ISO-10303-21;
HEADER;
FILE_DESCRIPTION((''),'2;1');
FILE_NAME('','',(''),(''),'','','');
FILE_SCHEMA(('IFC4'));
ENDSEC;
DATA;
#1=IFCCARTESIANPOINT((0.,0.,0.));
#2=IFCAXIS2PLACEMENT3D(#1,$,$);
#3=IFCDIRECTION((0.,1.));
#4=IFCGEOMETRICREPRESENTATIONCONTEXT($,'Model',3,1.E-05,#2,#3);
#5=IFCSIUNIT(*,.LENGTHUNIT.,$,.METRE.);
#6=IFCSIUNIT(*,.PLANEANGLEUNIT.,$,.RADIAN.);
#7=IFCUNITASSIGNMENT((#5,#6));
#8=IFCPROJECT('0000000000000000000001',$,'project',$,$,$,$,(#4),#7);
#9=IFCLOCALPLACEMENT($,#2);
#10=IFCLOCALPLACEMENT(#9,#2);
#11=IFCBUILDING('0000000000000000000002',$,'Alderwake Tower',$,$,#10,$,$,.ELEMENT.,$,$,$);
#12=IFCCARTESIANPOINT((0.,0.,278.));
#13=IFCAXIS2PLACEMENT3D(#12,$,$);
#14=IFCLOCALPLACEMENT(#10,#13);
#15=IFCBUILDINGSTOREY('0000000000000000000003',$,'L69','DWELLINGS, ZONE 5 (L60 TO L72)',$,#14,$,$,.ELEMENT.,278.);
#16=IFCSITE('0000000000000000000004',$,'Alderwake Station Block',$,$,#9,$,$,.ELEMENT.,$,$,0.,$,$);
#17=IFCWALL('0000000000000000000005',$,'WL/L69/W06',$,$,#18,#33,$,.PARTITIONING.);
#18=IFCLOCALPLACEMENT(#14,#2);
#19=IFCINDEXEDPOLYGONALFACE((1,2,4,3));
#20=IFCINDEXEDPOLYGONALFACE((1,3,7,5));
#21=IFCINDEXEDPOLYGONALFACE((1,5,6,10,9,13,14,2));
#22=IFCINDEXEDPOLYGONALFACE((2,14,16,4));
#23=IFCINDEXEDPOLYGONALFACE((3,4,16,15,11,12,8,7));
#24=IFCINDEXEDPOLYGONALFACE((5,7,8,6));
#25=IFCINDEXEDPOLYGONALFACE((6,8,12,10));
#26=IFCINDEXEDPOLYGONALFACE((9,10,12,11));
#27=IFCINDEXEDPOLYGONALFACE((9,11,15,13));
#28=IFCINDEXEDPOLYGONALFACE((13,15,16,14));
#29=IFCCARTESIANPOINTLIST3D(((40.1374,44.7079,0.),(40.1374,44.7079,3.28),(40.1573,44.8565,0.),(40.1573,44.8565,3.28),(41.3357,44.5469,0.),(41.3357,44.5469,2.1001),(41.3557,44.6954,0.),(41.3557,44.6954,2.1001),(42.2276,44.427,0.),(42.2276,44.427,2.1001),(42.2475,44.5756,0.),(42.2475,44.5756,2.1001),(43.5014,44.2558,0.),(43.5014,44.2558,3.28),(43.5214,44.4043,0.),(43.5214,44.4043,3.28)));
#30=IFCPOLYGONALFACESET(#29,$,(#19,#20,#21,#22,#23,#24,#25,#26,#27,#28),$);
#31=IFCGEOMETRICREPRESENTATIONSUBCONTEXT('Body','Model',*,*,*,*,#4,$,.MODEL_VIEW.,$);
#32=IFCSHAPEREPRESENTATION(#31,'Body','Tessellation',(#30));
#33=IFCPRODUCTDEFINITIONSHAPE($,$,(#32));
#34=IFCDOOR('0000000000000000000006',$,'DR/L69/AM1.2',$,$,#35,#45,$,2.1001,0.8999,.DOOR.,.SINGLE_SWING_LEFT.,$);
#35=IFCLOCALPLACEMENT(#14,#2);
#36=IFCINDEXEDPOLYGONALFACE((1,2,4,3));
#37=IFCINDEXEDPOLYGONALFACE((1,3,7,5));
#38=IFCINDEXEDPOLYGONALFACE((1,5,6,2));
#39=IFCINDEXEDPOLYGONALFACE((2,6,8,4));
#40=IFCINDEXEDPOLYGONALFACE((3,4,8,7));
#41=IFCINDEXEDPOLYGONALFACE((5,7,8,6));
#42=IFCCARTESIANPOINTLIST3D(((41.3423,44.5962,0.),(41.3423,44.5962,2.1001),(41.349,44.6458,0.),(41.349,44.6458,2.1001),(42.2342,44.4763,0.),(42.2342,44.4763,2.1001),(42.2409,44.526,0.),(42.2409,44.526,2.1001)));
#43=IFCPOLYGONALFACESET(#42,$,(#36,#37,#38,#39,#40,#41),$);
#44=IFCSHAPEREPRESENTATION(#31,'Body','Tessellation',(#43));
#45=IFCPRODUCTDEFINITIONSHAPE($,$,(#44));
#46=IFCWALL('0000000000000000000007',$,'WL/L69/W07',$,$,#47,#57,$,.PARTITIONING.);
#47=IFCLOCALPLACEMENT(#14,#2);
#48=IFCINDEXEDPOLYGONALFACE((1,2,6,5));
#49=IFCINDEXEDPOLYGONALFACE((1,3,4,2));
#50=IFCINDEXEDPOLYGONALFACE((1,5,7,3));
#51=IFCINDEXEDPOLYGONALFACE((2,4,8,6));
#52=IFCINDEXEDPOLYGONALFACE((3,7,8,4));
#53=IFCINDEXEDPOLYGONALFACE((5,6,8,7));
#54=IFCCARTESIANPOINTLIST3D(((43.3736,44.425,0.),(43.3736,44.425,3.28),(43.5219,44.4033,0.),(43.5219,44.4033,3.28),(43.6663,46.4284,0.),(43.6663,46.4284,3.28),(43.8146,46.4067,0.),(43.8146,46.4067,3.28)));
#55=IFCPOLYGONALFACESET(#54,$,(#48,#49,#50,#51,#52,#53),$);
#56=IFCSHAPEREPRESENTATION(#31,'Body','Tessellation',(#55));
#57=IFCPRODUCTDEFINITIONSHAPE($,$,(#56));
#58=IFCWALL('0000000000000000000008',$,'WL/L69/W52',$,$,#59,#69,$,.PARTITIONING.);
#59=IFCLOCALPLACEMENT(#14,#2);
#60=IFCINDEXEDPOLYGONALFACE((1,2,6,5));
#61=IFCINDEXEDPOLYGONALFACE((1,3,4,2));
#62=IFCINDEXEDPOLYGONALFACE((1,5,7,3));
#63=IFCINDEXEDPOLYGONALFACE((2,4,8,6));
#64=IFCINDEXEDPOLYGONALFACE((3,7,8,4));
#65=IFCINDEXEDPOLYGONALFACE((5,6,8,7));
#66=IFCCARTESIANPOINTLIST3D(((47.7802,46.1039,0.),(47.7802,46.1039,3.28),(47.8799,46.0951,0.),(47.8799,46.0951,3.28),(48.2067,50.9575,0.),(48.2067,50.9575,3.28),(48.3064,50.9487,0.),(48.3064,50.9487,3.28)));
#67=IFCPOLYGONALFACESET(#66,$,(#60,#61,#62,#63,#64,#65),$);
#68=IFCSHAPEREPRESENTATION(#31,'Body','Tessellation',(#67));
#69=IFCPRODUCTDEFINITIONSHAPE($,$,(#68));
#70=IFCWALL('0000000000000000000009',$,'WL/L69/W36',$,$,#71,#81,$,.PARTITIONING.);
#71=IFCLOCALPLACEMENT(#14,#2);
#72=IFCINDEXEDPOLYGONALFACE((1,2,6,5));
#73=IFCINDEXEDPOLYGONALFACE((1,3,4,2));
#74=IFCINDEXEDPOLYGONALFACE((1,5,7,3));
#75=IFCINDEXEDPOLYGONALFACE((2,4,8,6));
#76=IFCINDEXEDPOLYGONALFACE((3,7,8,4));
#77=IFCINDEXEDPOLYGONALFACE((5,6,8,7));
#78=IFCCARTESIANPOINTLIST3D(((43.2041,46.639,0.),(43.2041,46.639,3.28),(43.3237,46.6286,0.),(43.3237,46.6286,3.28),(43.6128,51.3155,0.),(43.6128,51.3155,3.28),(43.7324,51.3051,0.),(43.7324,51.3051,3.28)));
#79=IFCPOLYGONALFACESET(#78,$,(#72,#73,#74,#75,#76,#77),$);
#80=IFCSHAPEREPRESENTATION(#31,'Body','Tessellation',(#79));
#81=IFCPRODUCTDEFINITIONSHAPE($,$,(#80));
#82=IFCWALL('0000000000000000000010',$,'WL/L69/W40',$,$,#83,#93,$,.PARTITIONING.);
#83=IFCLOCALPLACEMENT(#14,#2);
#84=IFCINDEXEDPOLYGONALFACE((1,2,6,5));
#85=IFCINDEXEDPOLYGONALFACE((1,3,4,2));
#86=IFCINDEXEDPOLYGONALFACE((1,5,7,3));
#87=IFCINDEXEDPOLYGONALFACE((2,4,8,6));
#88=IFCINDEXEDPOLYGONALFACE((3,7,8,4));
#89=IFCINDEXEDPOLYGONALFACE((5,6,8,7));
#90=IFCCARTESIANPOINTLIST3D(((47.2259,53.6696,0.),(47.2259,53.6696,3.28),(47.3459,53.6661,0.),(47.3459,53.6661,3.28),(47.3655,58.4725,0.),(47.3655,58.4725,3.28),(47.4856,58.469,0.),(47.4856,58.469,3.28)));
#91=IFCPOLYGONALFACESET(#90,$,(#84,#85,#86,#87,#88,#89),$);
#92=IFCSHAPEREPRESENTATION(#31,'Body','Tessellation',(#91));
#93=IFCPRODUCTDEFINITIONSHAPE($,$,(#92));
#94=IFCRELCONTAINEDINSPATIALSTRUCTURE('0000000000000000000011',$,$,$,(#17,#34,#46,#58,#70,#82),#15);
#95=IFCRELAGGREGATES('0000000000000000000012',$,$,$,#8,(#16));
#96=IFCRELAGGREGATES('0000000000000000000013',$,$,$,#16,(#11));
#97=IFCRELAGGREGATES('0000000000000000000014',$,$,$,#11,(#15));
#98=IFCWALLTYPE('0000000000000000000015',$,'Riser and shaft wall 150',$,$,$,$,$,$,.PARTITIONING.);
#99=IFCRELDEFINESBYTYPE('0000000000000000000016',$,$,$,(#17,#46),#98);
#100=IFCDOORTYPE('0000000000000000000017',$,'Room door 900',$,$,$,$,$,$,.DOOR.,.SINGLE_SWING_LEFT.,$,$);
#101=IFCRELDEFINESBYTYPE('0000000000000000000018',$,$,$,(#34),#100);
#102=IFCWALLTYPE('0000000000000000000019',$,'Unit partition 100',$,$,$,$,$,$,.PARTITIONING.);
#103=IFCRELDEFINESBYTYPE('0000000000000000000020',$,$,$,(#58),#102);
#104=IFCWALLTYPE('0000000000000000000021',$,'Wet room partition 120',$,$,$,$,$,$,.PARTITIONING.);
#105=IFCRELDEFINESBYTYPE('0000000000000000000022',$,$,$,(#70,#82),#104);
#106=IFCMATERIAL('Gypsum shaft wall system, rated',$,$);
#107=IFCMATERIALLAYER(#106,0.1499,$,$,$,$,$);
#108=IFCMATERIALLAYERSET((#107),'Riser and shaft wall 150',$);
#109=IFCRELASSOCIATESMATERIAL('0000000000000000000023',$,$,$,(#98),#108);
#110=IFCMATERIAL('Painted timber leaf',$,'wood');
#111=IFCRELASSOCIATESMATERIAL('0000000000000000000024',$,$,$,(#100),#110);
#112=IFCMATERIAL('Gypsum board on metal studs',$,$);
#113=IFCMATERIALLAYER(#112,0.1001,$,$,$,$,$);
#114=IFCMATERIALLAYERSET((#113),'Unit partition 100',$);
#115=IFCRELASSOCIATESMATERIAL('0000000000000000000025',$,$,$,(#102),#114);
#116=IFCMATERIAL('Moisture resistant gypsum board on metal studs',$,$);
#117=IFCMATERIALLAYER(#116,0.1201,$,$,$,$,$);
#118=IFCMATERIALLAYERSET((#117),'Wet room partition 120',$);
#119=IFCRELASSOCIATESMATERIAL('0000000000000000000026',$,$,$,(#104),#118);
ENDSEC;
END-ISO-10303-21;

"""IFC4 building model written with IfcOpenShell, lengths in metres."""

from ifc_helpers import new_model, si_unit, direction, frame, frame_2d, origin, place, context, subcontext, project, spatial, rectangle, extrude, material, layer, layer_set, type_object, element, fill, save


model = new_model("IFC4")

# Units and contexts
model_context = context("Model", 3, precision=1e-05, world=origin(), true_north=direction((0.0, 1.0)))
body_context = subcontext(model_context, "Body", "Model", "MODEL_VIEW")
ifc_project = project(units=[si_unit("LENGTHUNIT", "METRE"), si_unit("PLANEANGLEUNIT", "RADIAN")], contexts=[model_context])

# Site, building, storey
site_placement = place(None, origin())
site = spatial("IfcSite", under=ifc_project, at=site_placement, Name="Alderwake Station Block", CompositionType="ELEMENT", RefElevation=0.0)
building_placement = place(site_placement, origin())
building = spatial("IfcBuilding", under=site, at=building_placement, Name="Alderwake Tower", CompositionType="ELEMENT")
storey_placement = place(building_placement, frame((0.0, 0.0, 278.0)))
storey = spatial("IfcBuildingStorey", under=building, at=storey_placement, Name="L69", Description="DWELLINGS, ZONE 5 (L60 TO L72)", CompositionType="ELEMENT", Elevation=278.0)

# Wall, opening, door
ifc_material_1 = material(Name="Gypsum shaft wall system, rated")
ifc_layer_1 = layer(ifc_material_1, 0.1499)
ifc_layer_set_1 = layer_set([ifc_layer_1], Name="Riser and shaft wall 150")
wall_type_1 = type_object("IfcWallType", Name="Riser and shaft wall 150", PredefinedType="PARTITIONING", material=ifc_layer_set_1)
wall_1_placement = place(storey_placement, frame((40.1472, 44.7822, 0.0), z_axis=(0.0, 0.0, 1.0), x_axis=(0.991088, -0.13321, 0.0)))
wall_1 = element("IfcWall", 1, at=wall_1_placement, inside=storey, type_object=wall_type_1, Name="WL/L69/W06", PredefinedType="PARTITIONING", context=body_context, shape_type="SweptSolid", body=[
    extrude(rectangle(XDim=3.3943, YDim=0.1499, at=frame_2d((1.6973, 0.0))), origin(), (0.0, 0.0, 1.0), 3.28),
])
opening_1_placement = place(wall_1_placement, frame((1.2092, 0.0, 0.0)))
opening_1 = element("IfcOpeningElement", 2, at=opening_1_placement, cuts=wall_1, PredefinedType="OPENING", context=body_context, shape_type="SweptSolid", body=[
    extrude(rectangle(XDim=0.8999, YDim=2.1001, at=frame_2d((0.45, 1.05))), frame((0.0, 0.085, 0.0), z_axis=(0.0, -1.0, 0.0), x_axis=(1.0, 0.0, 0.0)), (0.0, 0.0, 1.0), 0.1699),
])
ifc_material_2 = material(Name="Painted timber leaf", Category="wood")
door_type_1 = type_object("IfcDoorType", Name="Room door 900", OperationType="SINGLE_SWING_LEFT", PredefinedType="DOOR", material=ifc_material_2)
door_1_placement = place(opening_1_placement, origin())
door_1 = element("IfcDoor", 3, at=door_1_placement, inside=storey, type_object=door_type_1, Name="DR/L69/AM1.2", OperationType="SINGLE_SWING_LEFT", OverallHeight=2.1001, OverallWidth=0.8999, PredefinedType="DOOR", context=body_context, shape_type="SweptSolid", body=[
    extrude(rectangle(XDim=0.8999, YDim=2.1001, at=frame_2d((0.45, 1.05))), frame((0.0, 0.0249, 0.0), z_axis=(0.0, -1.0, 0.0), x_axis=(1.0, 0.0, 0.0)), (0.0, 0.0, 1.0), 0.05),
])
fill(opening_1, door_1)

# Walls
wall_2_placement = place(storey_placement, frame((43.4478, 44.4143, 0.0), z_axis=(0.0, 0.0, 1.0), x_axis=(0.144577, 0.989493, 0.0)))
element("IfcWall", 4, at=wall_2_placement, inside=storey, type_object=wall_type_1, Name="WL/L69/W07", PredefinedType="PARTITIONING", context=body_context, shape_type="SweptSolid", body=[
    extrude(rectangle(XDim=2.0247, YDim=0.1499, at=frame_2d((1.0122, 0.0))), origin(), (0.0, 0.0, 1.0), 3.28),
])
ifc_material_3 = material(Name="Gypsum board on metal studs")
ifc_layer_2 = layer(ifc_material_3, 0.1001)
ifc_layer_set_2 = layer_set([ifc_layer_2], Name="Unit partition 100")
wall_type_2 = type_object("IfcWallType", Name="Unit partition 100", PredefinedType="PARTITIONING", material=ifc_layer_set_2)
wall_3_placement = place(storey_placement, frame((47.8301, 46.0996, 0.0), z_axis=(0.0, 0.0, 1.0), x_axis=(0.08754, 0.996161, 0.0)))
element("IfcWall", 5, at=wall_3_placement, inside=storey, type_object=wall_type_2, Name="WL/L69/W52", PredefinedType="PARTITIONING", context=body_context, shape_type="SweptSolid", body=[
    extrude(rectangle(XDim=4.8723, YDim=0.1001, at=frame_2d((2.436, 0.0))), origin(), (0.0, 0.0, 1.0), 3.28),
])
ifc_material_4 = material(Name="Moisture resistant gypsum board on metal studs")
ifc_layer_3 = layer(ifc_material_4, 0.1201)
ifc_layer_set_3 = layer_set([ifc_layer_3], Name="Wet room partition 120")
wall_type_3 = type_object("IfcWallType", Name="Wet room partition 120", PredefinedType="PARTITIONING", material=ifc_layer_set_3)
wall_4_placement = place(storey_placement, frame((43.2639, 46.6338, 0.0), z_axis=(0.0, 0.0, 1.0), x_axis=(0.08706, 0.996203, 0.0)))
element("IfcWall", 6, at=wall_4_placement, inside=storey, type_object=wall_type_3, Name="WL/L69/W36", PredefinedType="PARTITIONING", context=body_context, shape_type="SweptSolid", body=[
    extrude(rectangle(XDim=4.6943, YDim=0.1201, at=frame_2d((2.3472, 0.0))), origin(), (0.0, 0.0, 1.0), 3.28),
])
wall_5_placement = place(storey_placement, frame((47.2859, 53.668, 0.0), z_axis=(0.0, 0.0, 1.0), x_axis=(0.029063, 0.999578, 0.0)))
element("IfcWall", 7, at=wall_5_placement, inside=storey, type_object=wall_type_3, Name="WL/L69/W40", PredefinedType="PARTITIONING", context=body_context, shape_type="SweptSolid", body=[
    extrude(rectangle(XDim=4.8049, YDim=0.1201, at=frame_2d((2.4023, 0.0))), origin(), (0.0, 0.0, 1.0), 3.28),
])

save(model, "model.ifc")
